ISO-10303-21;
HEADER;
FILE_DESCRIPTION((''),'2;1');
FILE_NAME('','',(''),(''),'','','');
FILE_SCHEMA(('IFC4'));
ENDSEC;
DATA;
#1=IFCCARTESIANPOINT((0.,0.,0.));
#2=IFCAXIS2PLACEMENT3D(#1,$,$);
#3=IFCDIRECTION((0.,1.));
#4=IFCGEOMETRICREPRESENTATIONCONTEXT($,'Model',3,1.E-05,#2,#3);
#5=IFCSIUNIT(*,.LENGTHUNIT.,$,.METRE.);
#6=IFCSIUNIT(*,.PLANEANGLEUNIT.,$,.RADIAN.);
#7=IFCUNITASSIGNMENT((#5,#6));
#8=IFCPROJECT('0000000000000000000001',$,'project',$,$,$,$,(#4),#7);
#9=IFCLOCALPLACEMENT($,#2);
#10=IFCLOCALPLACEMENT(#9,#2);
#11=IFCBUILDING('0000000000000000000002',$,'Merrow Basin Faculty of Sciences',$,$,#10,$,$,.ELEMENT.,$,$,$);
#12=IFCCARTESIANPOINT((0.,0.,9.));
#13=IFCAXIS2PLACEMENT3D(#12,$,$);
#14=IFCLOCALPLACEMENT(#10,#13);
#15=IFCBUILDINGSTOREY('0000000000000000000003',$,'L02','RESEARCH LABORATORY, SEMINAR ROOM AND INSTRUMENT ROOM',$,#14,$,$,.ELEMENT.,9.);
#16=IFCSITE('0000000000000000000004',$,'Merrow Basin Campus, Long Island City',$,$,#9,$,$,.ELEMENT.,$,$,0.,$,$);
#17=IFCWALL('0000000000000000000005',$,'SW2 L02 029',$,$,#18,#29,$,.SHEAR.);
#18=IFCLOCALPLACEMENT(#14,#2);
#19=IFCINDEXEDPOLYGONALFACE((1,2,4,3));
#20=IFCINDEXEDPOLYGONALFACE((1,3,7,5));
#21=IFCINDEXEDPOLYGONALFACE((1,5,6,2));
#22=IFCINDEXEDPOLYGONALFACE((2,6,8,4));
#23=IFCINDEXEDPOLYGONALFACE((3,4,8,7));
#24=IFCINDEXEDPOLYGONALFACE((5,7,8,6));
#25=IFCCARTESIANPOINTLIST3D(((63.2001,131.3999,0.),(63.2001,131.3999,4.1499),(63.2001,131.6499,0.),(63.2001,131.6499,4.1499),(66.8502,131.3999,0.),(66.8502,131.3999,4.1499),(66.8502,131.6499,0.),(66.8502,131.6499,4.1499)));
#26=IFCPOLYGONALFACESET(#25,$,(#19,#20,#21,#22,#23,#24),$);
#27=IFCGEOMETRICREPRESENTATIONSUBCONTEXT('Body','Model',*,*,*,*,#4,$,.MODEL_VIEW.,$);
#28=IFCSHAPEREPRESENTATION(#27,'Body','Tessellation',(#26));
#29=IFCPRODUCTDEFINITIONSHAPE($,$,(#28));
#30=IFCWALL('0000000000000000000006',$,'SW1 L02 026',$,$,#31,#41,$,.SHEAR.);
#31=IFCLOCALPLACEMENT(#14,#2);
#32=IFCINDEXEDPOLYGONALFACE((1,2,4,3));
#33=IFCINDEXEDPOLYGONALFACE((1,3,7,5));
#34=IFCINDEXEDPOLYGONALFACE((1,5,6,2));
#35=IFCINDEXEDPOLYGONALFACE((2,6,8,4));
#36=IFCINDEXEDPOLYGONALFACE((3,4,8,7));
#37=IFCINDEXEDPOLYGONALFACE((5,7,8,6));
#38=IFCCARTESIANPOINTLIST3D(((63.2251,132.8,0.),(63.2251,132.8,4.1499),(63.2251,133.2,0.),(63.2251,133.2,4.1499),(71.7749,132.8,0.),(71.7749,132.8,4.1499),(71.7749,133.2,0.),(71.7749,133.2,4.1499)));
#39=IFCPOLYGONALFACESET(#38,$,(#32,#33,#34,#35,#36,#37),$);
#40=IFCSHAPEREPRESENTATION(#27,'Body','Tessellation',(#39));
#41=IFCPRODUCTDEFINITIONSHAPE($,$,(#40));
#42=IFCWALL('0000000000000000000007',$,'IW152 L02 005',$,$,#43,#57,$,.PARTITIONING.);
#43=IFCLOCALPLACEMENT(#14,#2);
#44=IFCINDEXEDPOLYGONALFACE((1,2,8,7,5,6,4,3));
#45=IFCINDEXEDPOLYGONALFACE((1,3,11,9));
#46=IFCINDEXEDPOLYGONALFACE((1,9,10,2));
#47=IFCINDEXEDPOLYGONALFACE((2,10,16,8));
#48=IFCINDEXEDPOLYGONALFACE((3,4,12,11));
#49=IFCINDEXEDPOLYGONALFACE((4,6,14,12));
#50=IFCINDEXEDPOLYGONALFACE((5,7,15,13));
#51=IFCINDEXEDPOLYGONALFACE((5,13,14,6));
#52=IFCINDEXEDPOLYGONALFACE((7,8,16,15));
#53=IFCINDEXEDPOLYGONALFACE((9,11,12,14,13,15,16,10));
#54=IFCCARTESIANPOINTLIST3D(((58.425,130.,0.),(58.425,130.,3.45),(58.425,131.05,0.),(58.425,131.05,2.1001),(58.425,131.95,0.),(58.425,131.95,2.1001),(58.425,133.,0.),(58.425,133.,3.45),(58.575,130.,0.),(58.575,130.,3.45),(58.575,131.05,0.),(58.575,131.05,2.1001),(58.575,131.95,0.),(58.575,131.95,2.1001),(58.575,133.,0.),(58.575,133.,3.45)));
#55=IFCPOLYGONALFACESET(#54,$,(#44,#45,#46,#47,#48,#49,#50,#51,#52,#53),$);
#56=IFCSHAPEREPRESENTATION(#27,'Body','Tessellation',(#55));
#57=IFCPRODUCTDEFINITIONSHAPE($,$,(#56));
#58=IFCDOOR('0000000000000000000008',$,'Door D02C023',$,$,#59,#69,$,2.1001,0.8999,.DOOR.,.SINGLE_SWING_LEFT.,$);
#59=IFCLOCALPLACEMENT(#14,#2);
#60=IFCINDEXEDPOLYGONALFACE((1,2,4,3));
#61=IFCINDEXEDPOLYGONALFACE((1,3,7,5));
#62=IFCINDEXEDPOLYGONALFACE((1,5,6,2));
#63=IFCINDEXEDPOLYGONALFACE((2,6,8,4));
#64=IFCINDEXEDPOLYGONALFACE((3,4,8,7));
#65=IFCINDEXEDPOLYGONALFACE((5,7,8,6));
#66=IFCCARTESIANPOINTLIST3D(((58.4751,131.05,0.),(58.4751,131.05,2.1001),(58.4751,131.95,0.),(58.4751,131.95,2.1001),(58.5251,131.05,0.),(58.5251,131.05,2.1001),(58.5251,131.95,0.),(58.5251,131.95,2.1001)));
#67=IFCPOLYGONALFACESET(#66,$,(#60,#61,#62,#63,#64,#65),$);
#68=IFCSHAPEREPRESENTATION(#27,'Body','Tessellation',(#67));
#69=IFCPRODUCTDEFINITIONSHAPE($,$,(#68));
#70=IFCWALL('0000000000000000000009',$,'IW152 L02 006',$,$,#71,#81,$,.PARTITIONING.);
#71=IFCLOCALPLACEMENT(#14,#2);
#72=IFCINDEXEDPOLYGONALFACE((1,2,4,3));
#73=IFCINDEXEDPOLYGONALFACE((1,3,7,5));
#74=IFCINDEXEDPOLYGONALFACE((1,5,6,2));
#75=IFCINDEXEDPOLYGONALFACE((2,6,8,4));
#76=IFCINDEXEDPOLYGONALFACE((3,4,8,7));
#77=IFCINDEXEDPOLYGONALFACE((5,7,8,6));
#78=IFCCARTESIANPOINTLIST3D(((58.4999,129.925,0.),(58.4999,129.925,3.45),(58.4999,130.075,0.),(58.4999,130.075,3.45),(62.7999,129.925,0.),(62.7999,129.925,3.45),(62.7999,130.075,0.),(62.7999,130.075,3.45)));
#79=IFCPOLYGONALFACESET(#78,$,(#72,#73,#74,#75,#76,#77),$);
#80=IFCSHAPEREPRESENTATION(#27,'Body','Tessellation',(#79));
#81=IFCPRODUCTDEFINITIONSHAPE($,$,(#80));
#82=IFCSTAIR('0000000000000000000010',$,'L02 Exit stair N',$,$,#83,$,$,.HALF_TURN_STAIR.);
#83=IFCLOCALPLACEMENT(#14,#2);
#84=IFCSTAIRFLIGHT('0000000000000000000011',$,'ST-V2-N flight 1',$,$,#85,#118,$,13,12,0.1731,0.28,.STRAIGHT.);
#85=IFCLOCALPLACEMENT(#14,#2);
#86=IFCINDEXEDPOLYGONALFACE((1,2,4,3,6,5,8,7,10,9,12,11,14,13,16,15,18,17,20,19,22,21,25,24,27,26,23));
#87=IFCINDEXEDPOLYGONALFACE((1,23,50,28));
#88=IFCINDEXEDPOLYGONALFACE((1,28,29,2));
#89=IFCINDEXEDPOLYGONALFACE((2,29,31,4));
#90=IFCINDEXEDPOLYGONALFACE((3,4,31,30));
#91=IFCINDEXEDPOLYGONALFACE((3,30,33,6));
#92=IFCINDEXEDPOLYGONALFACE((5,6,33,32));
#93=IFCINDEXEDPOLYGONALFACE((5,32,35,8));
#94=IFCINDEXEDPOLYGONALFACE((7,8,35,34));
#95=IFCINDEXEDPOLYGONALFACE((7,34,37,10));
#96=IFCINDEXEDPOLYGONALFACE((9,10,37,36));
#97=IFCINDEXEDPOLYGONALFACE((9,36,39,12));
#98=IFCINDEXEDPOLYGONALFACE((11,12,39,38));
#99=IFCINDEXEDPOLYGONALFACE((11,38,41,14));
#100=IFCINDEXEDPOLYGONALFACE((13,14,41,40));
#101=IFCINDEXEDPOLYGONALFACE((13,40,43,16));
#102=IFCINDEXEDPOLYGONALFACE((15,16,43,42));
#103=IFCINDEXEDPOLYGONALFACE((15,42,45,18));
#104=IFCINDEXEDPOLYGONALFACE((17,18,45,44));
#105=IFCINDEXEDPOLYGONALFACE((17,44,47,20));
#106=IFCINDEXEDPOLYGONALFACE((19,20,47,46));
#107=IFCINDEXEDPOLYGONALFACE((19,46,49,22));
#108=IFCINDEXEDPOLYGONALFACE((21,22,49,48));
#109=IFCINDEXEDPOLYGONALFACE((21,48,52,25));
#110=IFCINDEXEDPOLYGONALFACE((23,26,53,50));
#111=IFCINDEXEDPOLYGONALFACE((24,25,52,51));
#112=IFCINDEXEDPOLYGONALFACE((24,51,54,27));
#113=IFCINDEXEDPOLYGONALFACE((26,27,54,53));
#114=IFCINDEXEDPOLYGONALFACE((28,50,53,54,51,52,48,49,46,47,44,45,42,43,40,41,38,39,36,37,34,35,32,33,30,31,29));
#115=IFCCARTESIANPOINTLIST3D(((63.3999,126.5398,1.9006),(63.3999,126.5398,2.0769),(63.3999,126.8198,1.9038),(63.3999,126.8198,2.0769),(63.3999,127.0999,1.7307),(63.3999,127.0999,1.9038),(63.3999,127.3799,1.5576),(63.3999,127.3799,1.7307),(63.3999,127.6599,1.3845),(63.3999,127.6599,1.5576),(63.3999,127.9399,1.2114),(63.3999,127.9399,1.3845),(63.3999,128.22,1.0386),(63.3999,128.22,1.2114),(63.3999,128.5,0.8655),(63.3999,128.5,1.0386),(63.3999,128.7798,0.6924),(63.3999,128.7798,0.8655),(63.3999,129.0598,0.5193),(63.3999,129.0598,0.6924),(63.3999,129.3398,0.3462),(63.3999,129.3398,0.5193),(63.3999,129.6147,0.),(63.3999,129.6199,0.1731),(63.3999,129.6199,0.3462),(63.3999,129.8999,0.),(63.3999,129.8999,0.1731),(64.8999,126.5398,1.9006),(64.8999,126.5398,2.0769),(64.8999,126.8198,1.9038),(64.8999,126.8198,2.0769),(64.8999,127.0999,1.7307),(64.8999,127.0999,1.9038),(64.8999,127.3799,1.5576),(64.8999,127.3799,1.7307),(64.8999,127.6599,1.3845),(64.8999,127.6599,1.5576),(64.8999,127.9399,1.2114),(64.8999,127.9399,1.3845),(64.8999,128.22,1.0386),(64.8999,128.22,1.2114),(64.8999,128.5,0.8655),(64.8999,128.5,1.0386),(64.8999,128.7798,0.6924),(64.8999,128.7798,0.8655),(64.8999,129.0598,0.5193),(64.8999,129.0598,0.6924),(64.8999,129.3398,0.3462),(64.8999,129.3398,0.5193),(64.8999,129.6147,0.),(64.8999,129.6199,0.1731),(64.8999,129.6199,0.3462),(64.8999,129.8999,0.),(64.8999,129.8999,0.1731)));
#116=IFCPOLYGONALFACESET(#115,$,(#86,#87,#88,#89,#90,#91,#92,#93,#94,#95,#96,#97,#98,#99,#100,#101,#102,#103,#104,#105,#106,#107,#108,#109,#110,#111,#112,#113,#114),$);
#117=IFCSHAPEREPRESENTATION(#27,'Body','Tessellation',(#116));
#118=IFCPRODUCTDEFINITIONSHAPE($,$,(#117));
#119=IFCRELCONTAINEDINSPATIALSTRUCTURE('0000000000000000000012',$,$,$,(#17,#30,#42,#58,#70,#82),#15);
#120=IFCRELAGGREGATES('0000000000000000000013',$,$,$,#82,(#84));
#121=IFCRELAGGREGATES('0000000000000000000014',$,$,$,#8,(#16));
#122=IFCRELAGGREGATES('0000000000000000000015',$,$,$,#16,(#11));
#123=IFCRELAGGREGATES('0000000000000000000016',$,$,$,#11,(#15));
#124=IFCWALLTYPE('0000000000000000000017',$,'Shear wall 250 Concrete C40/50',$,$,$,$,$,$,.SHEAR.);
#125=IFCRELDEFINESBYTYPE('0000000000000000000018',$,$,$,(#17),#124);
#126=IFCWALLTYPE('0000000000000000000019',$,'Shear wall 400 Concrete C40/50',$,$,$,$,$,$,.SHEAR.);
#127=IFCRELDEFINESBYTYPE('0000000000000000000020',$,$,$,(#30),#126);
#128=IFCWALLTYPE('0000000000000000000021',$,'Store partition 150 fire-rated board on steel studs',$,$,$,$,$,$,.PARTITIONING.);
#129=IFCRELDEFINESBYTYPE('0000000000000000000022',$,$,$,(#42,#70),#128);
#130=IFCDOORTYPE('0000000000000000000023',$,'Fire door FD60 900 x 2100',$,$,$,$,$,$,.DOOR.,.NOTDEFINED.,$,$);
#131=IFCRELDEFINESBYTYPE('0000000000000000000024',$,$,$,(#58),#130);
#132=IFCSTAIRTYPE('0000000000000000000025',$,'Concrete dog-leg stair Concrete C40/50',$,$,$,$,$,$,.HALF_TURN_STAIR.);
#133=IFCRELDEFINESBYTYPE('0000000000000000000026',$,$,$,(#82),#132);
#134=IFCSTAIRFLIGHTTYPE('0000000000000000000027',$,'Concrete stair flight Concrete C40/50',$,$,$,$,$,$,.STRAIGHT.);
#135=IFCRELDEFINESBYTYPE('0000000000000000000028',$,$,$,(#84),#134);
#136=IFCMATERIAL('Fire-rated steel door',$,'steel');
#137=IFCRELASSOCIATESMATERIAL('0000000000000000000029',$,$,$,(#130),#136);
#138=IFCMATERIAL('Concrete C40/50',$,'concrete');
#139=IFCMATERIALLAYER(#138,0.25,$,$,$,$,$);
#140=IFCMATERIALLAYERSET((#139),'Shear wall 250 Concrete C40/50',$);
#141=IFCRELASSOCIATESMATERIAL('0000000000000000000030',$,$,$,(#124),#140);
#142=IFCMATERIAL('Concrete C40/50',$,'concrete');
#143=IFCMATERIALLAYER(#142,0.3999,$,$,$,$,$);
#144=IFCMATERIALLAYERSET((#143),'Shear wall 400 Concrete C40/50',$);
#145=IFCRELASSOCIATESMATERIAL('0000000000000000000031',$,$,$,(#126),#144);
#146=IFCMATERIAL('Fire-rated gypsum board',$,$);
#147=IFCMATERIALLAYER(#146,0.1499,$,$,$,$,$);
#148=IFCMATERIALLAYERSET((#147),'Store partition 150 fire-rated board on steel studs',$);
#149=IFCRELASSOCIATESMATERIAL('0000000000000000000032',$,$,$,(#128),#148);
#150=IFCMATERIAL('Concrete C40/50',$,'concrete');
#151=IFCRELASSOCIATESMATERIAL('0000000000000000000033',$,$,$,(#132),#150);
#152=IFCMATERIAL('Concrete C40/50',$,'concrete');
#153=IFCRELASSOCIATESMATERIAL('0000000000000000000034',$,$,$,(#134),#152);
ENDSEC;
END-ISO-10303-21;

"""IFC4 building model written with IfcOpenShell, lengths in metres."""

from ifc_helpers import new_model, si_unit, direction, frame, frame_2d, origin, place, context, subcontext, project, spatial, polyline, rectangle, outline, extrude, material, layer, layer_set, type_object, element, fill, aggregate, save


model = new_model("IFC4")

# Units and contexts
model_context = context("Model", 3, precision=1e-05, world=origin(), true_north=direction((0.0, 1.0)))
body_context = subcontext(model_context, "Body", "Model", "MODEL_VIEW")
ifc_project = project(units=[si_unit("LENGTHUNIT", "METRE"), si_unit("PLANEANGLEUNIT", "RADIAN")], contexts=[model_context])

# Site, building, storey
site_placement = place(None, origin())
site = spatial("IfcSite", under=ifc_project, at=site_placement, Name="Merrow Basin Campus, Long Island City", CompositionType="ELEMENT", RefElevation=0.0)
building_placement = place(site_placement, origin())
building = spatial("IfcBuilding", under=site, at=building_placement, Name="Merrow Basin Faculty of Sciences", CompositionType="ELEMENT")
storey_placement = place(building_placement, frame((0.0, 0.0, 9.0)))
storey = spatial("IfcBuildingStorey", under=building, at=storey_placement, Name="L02", Description="RESEARCH LABORATORY, SEMINAR ROOM AND INSTRUMENT ROOM", CompositionType="ELEMENT", Elevation=9.0)

# Shared definitions
ifc_material_1 = material(Name="Fire-rated steel door", Category="steel")
door_type = type_object("IfcDoorType", Name="Fire door FD60 900 x 2100", OperationType="NOTDEFINED", PredefinedType="DOOR", material=ifc_material_1)

# Walls
ifc_material_2 = material(Name="Concrete C40/50", Category="concrete")
ifc_layer_1 = layer(ifc_material_2, 0.25)
ifc_layer_set_1 = layer_set([ifc_layer_1], Name="Shear wall 250 Concrete C40/50")
wall_type_1 = type_object("IfcWallType", Name="Shear wall 250 Concrete C40/50", PredefinedType="SHEAR", material=ifc_layer_set_1)
wall_1_placement = place(storey_placement, frame((63.2, 131.5249, 0.0), z_axis=(0.0, 0.0, 1.0), x_axis=(1.0, 0.0, 0.0)))
element("IfcWall", 1, at=wall_1_placement, inside=storey, type_object=wall_type_1, Name="SW2 L02 029", PredefinedType="SHEAR", context=body_context, shape_type="SweptSolid", body=[
    extrude(rectangle(XDim=3.6501, YDim=0.25, at=frame_2d((1.8252, 0.0))), origin(), (0.0, 0.0, 1.0), 4.1499),
])
ifc_material_3 = material(Name="Concrete C40/50", Category="concrete")
ifc_layer_2 = layer(ifc_material_3, 0.3999)
ifc_layer_set_2 = layer_set([ifc_layer_2], Name="Shear wall 400 Concrete C40/50")
wall_type_2 = type_object("IfcWallType", Name="Shear wall 400 Concrete C40/50", PredefinedType="SHEAR", material=ifc_layer_set_2)
wall_2_placement = place(storey_placement, frame((63.2251, 133.0, 0.0), z_axis=(0.0, 0.0, 1.0), x_axis=(1.0, 0.0, 0.0)))
element("IfcWall", 2, at=wall_2_placement, inside=storey, type_object=wall_type_2, Name="SW1 L02 026", PredefinedType="SHEAR", context=body_context, shape_type="SweptSolid", body=[
    extrude(rectangle(XDim=8.5498, YDim=0.3999, at=frame_2d((4.2749, 0.0))), origin(), (0.0, 0.0, 1.0), 4.1499),
])

# Wall, opening, door
ifc_material_4 = material(Name="Fire-rated gypsum board")
ifc_layer_3 = layer(ifc_material_4, 0.1499)
ifc_layer_set_3 = layer_set([ifc_layer_3], Name="Store partition 150 fire-rated board on steel studs")
wall_type_3 = type_object("IfcWallType", Name="Store partition 150 fire-rated board on steel studs", PredefinedType="PARTITIONING", material=ifc_layer_set_3)
wall_3_placement = place(storey_placement, frame((58.5, 130.0, 0.0), z_axis=(0.0, 0.0, 1.0), x_axis=(0.0, 1.0, 0.0)))
wall_3 = element("IfcWall", 3, at=wall_3_placement, inside=storey, type_object=wall_type_3, Name="IW152 L02 005", PredefinedType="PARTITIONING", context=body_context, shape_type="SweptSolid", body=[
    extrude(rectangle(XDim=3.0, YDim=0.1499, at=frame_2d((1.5, 0.0))), origin(), (0.0, 0.0, 1.0), 3.45),
])
opening_1_placement = place(wall_3_placement, frame((1.05, 0.0, 0.0)))
opening_1 = element("IfcOpeningElement", 4, at=opening_1_placement, cuts=wall_3, PredefinedType="OPENING", context=body_context, shape_type="SweptSolid", body=[
    extrude(rectangle(XDim=0.8999, YDim=2.1001, at=frame_2d((0.45, 1.05))), frame((0.0, 0.085, 0.0), z_axis=(0.0, -1.0, 0.0), x_axis=(1.0, 0.0, 0.0)), (0.0, 0.0, 1.0), 0.1699),
])
door_1_placement = place(opening_1_placement, origin())
door_1 = element("IfcDoor", 5, at=door_1_placement, inside=storey, type_object=door_type, Name="Door D02C023", OperationType="SINGLE_SWING_LEFT", OverallHeight=2.1001, OverallWidth=0.8999, PredefinedType="DOOR", context=body_context, shape_type="SweptSolid", body=[
    extrude(rectangle(XDim=0.8999, YDim=2.1001, at=frame_2d((0.45, 1.05))), frame((0.0, 0.0249, 0.0), z_axis=(0.0, -1.0, 0.0), x_axis=(1.0, 0.0, 0.0)), (0.0, 0.0, 1.0), 0.05),
])
fill(opening_1, door_1)

# Wall
wall_4_placement = place(storey_placement, frame((58.5, 130.0, 0.0), z_axis=(0.0, 0.0, 1.0), x_axis=(1.0, 0.0, 0.0)))
element("IfcWall", 6, at=wall_4_placement, inside=storey, type_object=wall_type_3, Name="IW152 L02 006", PredefinedType="PARTITIONING", context=body_context, shape_type="SweptSolid", body=[
    extrude(rectangle(XDim=4.3, YDim=0.1499, at=frame_2d((2.1499, 0.0))), origin(), (0.0, 0.0, 1.0), 3.45),
])

# Stair, stair flight
ifc_material_5 = material(Name="Concrete C40/50", Category="concrete")
stair_type = type_object("IfcStairType", Name="Concrete dog-leg stair Concrete C40/50", PredefinedType="HALF_TURN_STAIR", material=ifc_material_5)
stair_placement = place(storey_placement, origin())
stair = element("IfcStair", 7, at=stair_placement, inside=storey, type_object=stair_type, Name="L02 Exit stair N", PredefinedType="HALF_TURN_STAIR")
ifc_material_6 = material(Name="Concrete C40/50", Category="concrete")
stair_flight_type = type_object("IfcStairFlightType", Name="Concrete stair flight Concrete C40/50", PredefinedType="STRAIGHT", material=ifc_material_6)
stair_flight_placement = place(storey_placement, frame((64.1499, 129.8999, 0.0), z_axis=(0.0, 0.0, 1.0), x_axis=(0.0, -1.0, 0.0)))
stair_flight = element("IfcStairFlight", 8, at=stair_flight_placement, type_object=stair_flight_type, Name="ST-V2-N flight 1", NumberOfRisers=13, NumberOfTreads=12, PredefinedType="STRAIGHT", RiserHeight=0.1731, TreadLength=0.28, context=body_context, shape_type="SweptSolid", body=[
    extrude(outline(polyline([(0.0, 0.0), (0.0, 0.1731), (0.28, 0.1731), (0.28, 0.3462), (0.5601, 0.3462), (0.5601, 0.5193), (0.8401, 0.5193), (0.8401, 0.6924), (1.1201, 0.6924), (1.1201, 0.8655), (1.3999, 0.8655), (1.3999, 1.0386), (1.6799, 1.0386), (1.6799, 1.2114), (1.96, 1.2114), (1.96, 1.3845), (2.24, 1.3845), (2.24, 1.5576), (2.52, 1.5576), (2.52, 1.7307), (2.8, 1.7307), (2.8, 1.9038), (3.0801, 1.9038), (3.0801, 2.0769), (3.3601, 2.0769), (3.3601, 2.25), (3.3601, 1.9006), (0.2852, 0.0), (0.0, 0.0)])), frame((0.0, 0.75, 0.0), z_axis=(0.0, -1.0, 0.0), x_axis=(1.0, 0.0, 0.0)), (0.0, 0.0, 1.0), 1.5),
])
aggregate(stair, [stair_flight])

save(model, "model.ifc")
